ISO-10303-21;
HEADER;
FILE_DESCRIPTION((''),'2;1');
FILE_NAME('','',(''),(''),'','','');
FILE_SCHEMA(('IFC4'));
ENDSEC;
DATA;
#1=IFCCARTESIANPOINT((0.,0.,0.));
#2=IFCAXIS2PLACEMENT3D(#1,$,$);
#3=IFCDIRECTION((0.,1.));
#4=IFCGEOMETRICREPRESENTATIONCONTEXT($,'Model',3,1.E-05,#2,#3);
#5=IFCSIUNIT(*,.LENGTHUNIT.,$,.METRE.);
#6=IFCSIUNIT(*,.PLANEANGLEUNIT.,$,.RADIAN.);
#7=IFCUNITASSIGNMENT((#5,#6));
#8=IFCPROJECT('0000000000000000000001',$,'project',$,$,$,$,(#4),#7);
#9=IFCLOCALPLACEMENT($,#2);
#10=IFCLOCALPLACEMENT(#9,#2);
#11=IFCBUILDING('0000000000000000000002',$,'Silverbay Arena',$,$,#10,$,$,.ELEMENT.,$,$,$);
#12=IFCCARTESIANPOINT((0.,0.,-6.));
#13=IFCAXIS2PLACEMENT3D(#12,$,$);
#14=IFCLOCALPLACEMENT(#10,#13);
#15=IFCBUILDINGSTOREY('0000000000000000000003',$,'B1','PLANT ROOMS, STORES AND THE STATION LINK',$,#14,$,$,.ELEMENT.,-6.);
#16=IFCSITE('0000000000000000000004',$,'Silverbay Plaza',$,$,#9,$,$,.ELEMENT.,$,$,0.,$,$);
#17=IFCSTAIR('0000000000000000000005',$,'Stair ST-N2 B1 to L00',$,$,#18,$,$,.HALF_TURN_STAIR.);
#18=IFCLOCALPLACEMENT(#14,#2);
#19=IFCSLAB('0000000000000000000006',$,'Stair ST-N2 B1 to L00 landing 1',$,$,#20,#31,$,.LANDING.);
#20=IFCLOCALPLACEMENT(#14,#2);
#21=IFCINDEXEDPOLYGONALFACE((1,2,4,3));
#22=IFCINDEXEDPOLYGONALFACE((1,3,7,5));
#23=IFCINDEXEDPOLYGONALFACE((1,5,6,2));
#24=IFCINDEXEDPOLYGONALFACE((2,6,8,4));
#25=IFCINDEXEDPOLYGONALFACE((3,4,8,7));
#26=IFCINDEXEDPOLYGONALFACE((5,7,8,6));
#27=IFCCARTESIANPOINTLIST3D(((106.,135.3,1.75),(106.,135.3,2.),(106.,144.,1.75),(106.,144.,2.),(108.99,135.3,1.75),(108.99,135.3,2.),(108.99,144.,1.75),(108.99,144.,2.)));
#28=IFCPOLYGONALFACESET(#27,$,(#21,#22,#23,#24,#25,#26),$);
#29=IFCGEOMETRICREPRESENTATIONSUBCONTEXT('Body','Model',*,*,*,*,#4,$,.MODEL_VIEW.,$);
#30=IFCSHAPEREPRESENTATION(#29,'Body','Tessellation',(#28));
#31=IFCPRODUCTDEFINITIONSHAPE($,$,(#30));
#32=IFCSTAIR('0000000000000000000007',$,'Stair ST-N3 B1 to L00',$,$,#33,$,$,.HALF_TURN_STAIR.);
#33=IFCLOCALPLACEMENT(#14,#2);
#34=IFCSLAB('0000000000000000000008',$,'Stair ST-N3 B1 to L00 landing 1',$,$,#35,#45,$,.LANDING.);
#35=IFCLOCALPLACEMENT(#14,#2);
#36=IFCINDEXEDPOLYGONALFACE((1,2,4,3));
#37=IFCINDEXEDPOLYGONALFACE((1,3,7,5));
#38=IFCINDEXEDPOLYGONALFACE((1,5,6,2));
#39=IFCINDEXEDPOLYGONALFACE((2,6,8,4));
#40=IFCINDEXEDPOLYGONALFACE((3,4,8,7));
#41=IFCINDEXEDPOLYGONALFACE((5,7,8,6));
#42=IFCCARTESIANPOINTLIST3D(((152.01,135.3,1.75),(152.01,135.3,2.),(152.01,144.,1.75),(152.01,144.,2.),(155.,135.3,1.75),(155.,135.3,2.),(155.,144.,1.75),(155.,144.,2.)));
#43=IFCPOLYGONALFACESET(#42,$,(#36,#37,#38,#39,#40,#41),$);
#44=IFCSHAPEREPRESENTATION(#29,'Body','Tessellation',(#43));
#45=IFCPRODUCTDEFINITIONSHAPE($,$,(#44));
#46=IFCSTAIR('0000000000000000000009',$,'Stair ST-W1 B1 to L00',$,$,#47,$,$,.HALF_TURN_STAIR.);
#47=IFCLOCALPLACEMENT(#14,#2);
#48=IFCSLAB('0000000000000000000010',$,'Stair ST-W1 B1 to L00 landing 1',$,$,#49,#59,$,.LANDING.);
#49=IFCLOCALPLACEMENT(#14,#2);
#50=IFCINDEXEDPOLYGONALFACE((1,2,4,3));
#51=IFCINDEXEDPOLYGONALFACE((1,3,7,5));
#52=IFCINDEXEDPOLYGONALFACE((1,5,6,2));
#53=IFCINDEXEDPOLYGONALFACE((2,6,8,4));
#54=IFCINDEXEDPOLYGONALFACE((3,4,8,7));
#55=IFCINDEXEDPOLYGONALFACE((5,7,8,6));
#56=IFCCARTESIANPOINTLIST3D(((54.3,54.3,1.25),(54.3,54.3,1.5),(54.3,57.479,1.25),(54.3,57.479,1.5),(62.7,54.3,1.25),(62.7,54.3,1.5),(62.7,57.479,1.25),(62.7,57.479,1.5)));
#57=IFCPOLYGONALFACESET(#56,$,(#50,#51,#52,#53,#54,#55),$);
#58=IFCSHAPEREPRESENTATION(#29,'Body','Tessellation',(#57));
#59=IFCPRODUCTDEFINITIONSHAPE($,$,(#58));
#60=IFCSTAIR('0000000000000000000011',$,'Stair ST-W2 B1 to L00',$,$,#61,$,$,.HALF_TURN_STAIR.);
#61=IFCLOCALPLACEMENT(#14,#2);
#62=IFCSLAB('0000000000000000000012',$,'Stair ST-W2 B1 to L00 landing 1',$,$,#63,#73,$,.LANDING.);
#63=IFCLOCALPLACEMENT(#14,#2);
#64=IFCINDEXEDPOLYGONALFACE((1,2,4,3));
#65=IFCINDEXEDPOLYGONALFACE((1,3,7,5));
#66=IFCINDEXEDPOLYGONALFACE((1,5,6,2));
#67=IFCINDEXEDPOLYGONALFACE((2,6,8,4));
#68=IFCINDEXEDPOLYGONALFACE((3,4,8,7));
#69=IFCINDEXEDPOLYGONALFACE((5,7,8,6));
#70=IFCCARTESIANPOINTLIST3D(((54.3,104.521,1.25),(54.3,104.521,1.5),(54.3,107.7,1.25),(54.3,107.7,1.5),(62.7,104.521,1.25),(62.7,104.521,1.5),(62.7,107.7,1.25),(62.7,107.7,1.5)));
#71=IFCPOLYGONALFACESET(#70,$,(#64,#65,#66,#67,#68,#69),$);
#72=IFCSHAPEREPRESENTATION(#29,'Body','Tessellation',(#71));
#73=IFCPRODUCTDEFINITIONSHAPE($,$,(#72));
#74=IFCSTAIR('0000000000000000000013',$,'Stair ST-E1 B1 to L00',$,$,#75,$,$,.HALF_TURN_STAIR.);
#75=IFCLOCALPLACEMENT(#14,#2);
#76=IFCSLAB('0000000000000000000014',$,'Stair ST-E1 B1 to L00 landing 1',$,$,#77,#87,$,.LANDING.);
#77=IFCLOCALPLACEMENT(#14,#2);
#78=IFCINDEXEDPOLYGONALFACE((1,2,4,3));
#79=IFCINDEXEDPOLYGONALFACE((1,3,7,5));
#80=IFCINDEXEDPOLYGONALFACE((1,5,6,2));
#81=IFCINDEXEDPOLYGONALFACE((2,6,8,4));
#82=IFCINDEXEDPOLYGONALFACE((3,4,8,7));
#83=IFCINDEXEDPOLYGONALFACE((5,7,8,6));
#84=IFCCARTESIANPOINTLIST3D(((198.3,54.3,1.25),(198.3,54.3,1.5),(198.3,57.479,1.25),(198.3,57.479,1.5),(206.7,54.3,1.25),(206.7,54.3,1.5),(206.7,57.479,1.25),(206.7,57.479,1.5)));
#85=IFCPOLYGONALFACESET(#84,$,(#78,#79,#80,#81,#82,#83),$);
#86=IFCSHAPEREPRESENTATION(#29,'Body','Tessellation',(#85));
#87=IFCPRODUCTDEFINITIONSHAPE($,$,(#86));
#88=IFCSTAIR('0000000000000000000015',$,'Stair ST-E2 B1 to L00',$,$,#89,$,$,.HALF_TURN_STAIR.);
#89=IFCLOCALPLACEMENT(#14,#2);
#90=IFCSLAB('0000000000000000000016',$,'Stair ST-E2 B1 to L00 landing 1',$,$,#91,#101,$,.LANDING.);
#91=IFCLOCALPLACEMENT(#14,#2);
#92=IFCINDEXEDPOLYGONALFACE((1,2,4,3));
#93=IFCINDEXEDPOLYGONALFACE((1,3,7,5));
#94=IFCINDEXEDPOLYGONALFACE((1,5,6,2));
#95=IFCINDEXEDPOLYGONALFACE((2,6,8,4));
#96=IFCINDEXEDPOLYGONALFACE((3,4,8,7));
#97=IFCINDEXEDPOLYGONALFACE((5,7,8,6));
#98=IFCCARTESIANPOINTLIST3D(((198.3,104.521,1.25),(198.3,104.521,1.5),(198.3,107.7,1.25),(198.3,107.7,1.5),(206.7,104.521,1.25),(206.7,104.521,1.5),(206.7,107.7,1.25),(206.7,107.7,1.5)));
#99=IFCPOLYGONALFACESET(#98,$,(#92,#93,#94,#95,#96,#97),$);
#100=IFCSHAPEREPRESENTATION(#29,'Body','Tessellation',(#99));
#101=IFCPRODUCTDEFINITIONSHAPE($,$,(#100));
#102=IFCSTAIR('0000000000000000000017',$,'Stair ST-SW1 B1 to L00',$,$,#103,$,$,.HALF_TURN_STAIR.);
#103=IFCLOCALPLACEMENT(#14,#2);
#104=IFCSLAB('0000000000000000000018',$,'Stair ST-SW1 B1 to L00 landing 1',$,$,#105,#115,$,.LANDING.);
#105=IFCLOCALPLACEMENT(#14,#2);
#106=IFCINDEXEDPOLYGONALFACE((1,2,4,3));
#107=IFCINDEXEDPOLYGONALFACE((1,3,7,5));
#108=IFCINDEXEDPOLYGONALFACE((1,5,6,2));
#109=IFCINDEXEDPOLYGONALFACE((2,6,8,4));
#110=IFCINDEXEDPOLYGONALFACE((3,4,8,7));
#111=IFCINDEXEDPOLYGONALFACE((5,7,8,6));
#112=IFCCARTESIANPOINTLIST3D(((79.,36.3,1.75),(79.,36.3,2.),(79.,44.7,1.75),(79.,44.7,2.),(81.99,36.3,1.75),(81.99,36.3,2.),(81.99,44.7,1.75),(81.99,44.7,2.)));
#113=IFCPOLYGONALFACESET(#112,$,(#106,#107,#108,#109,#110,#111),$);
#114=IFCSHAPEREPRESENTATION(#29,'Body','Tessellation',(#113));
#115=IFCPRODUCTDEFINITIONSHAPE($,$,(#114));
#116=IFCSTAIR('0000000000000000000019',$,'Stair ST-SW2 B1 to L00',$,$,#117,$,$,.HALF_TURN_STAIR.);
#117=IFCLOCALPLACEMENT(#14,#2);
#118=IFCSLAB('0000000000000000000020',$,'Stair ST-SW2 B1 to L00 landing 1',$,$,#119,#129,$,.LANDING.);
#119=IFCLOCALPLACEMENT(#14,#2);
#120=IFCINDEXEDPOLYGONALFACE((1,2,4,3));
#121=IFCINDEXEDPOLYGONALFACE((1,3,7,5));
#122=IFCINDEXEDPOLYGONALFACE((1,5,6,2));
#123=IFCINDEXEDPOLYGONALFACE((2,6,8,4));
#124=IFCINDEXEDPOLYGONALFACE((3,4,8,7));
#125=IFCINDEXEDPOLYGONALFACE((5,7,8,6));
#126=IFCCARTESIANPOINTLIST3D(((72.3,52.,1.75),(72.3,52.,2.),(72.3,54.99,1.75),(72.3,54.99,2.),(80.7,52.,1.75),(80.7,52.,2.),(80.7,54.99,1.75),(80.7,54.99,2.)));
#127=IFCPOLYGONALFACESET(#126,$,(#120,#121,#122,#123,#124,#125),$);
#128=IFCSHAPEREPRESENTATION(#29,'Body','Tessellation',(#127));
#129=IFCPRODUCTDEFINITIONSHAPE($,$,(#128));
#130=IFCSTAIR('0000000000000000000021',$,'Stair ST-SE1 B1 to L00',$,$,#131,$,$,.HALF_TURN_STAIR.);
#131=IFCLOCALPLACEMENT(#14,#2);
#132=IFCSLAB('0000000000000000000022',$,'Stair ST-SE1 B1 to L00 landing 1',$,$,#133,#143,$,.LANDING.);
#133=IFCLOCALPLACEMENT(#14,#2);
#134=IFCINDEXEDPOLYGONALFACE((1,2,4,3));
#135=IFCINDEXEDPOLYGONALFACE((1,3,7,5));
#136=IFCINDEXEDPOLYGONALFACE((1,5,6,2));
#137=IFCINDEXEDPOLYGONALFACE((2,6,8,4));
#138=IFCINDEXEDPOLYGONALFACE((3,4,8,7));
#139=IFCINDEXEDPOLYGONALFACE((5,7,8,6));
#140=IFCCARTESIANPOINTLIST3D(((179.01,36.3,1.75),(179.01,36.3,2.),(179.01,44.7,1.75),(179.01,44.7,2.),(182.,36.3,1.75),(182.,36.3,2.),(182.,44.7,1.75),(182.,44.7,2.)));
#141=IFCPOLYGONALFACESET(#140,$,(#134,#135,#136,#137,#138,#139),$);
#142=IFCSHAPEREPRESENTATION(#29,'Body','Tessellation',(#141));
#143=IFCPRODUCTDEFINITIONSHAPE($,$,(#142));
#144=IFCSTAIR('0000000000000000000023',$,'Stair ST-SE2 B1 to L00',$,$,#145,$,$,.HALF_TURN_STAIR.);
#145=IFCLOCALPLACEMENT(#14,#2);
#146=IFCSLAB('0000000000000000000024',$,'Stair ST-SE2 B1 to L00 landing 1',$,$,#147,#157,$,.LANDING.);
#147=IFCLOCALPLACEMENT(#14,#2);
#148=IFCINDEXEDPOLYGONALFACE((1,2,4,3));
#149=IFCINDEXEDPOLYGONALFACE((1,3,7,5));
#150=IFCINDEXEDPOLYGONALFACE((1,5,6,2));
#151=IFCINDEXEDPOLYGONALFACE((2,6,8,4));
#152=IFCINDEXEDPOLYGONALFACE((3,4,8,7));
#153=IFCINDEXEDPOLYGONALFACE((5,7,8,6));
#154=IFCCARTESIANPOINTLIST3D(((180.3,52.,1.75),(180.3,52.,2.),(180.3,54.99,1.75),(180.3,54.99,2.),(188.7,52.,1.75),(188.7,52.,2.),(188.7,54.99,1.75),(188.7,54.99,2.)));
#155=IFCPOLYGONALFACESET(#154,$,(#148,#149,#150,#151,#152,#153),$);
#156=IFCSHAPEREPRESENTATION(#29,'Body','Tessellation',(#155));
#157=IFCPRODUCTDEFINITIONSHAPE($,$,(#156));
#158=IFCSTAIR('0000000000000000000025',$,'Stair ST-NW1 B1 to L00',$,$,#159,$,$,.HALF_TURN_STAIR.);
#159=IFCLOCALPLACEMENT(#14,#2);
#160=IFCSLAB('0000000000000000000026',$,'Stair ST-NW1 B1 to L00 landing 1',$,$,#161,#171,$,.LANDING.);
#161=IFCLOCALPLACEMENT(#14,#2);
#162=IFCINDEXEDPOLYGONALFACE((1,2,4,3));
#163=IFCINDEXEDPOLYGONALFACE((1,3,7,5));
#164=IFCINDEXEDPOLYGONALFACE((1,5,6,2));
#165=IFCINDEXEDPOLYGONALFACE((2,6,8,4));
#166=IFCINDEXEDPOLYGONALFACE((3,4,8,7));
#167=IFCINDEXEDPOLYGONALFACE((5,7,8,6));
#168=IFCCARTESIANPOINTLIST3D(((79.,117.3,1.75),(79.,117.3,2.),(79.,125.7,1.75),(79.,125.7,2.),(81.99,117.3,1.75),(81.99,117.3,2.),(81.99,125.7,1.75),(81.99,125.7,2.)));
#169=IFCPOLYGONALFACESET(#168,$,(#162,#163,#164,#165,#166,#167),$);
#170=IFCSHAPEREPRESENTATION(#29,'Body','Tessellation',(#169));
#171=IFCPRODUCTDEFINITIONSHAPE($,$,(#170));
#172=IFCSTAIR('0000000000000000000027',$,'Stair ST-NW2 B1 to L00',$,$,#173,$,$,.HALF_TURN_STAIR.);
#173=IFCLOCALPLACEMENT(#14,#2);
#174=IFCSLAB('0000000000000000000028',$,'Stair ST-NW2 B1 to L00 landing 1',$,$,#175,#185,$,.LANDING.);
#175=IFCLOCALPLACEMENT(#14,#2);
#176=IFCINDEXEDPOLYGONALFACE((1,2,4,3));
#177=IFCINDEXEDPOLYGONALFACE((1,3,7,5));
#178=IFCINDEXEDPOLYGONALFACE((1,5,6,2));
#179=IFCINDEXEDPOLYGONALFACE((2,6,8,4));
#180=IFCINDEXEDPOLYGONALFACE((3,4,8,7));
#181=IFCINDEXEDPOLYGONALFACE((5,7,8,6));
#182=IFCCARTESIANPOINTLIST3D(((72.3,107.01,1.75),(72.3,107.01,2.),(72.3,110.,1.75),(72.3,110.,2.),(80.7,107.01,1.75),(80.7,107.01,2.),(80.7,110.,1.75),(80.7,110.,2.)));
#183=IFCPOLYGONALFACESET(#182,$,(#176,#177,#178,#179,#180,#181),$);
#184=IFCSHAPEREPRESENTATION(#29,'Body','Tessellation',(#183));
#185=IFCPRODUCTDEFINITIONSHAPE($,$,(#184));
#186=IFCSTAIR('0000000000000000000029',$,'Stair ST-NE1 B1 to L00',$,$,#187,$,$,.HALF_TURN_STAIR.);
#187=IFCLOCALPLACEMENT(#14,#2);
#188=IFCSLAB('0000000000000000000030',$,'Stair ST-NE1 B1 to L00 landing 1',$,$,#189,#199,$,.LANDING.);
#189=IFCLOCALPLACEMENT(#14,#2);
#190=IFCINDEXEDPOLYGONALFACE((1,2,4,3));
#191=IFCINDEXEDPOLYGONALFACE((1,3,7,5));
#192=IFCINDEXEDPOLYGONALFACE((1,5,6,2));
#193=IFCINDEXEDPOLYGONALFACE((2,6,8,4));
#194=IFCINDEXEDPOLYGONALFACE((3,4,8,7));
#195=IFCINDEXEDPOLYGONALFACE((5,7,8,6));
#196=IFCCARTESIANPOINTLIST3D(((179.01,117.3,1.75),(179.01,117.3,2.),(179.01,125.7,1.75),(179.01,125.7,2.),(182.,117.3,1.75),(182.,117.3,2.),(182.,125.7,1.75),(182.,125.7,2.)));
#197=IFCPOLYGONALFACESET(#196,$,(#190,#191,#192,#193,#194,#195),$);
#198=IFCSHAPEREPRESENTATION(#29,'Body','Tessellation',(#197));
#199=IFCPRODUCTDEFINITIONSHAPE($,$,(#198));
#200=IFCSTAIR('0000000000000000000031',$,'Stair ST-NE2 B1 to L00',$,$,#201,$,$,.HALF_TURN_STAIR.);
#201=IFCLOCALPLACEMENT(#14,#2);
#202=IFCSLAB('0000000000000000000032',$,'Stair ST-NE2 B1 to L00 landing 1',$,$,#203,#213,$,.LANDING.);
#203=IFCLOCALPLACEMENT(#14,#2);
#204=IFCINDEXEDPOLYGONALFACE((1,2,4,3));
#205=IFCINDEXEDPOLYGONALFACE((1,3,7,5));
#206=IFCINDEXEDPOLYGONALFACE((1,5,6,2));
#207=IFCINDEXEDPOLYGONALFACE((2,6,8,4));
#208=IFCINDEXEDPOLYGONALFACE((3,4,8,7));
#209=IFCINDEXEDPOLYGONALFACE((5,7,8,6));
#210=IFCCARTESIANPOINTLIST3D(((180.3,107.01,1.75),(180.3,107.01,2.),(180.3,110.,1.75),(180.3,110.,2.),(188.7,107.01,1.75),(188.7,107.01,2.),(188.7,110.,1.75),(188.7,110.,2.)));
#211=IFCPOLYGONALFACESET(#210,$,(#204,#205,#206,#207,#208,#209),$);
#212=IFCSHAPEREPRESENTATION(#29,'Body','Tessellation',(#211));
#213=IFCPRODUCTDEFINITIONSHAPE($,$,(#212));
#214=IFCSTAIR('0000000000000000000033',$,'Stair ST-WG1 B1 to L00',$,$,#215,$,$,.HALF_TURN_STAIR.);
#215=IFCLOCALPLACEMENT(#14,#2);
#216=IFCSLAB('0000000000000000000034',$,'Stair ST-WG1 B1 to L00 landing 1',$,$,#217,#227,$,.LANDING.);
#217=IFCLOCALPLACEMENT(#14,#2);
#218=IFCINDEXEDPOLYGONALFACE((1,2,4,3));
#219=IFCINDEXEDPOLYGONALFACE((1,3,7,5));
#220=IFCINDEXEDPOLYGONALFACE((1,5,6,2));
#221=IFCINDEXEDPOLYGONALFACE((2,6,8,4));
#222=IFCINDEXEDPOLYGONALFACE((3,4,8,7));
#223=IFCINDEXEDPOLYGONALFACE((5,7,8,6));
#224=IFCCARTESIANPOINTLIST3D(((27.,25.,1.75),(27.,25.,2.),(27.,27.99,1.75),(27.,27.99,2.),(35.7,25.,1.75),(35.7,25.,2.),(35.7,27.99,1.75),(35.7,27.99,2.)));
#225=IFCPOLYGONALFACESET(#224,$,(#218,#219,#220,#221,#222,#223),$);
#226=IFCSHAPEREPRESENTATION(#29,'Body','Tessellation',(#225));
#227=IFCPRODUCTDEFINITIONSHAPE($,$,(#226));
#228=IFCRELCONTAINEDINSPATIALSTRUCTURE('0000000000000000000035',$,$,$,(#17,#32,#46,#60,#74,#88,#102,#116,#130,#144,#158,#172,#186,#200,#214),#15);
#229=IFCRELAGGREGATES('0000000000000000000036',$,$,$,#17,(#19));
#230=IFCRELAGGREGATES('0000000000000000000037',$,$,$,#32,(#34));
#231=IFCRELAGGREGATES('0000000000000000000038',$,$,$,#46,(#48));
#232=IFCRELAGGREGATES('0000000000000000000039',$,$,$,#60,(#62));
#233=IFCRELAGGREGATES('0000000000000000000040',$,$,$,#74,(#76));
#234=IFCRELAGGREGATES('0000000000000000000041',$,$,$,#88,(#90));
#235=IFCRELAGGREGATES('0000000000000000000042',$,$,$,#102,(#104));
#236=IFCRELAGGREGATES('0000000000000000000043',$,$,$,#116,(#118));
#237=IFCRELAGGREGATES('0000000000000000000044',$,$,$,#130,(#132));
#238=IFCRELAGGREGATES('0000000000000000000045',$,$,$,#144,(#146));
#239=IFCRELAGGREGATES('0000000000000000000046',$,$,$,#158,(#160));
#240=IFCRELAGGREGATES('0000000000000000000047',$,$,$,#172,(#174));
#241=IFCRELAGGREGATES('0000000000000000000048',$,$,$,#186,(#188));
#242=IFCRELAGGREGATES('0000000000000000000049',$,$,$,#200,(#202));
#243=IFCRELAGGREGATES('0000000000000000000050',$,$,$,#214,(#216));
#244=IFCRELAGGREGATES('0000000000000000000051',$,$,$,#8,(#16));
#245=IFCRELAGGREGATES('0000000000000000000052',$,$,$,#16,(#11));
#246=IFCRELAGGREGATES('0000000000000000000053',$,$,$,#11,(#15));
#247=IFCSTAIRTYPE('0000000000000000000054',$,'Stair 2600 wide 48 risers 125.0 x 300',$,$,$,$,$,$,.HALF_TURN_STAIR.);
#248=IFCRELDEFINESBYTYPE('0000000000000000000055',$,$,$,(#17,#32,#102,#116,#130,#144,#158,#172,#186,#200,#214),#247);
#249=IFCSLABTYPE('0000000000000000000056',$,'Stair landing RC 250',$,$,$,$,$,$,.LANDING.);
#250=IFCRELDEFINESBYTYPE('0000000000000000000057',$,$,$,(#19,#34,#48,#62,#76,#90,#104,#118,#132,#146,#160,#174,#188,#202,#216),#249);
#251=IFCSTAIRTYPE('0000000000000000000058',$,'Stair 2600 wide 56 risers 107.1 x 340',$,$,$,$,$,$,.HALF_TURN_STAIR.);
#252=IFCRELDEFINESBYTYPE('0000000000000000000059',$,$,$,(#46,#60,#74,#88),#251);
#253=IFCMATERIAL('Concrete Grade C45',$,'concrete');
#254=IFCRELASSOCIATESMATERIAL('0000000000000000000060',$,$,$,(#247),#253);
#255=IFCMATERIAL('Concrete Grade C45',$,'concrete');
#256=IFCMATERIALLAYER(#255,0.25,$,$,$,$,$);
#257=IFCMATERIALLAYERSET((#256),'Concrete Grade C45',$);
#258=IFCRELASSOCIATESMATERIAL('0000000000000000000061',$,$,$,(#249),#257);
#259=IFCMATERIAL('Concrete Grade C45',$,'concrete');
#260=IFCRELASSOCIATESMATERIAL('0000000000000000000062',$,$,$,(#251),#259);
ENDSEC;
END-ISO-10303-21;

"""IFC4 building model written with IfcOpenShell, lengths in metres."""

from ifc_helpers import new_model, si_unit, direction, frame, origin, place, context, subcontext, project, spatial, polyline, outline, extrude, material, layer, layer_set, type_object, element, aggregate, save


model = new_model("IFC4")

# Units and contexts
model_context = context("Model", 3, precision=1e-05, world=origin(), true_north=direction((0.0, 1.0)))
body_context = subcontext(model_context, "Body", "Model", "MODEL_VIEW")
ifc_project = project(units=[si_unit("LENGTHUNIT", "METRE"), si_unit("PLANEANGLEUNIT", "RADIAN")], contexts=[model_context])

# Site, building, storey
site_placement = place(None, origin())
site = spatial("IfcSite", under=ifc_project, at=site_placement, Name="Silverbay Plaza", CompositionType="ELEMENT", RefElevation=0.0)
building_placement = place(site_placement, origin())
building = spatial("IfcBuilding", under=site, at=building_placement, Name="Silverbay Arena", CompositionType="ELEMENT")
storey_placement = place(building_placement, frame((0.0, 0.0, -6.0)))
storey = spatial("IfcBuildingStorey", under=building, at=storey_placement, Name="B1", Description="PLANT ROOMS, STORES AND THE STATION LINK", CompositionType="ELEMENT", Elevation=-6.0)

# Stairs, slabs
ifc_material_1 = material(Name="Concrete Grade C45", Category="concrete")
stair_type_1 = type_object("IfcStairType", Name="Stair 2600 wide 48 risers 125.0 x 300", PredefinedType="HALF_TURN_STAIR", material=ifc_material_1)
ifc_material_2 = material(Name="Concrete Grade C45", Category="concrete")
ifc_layer_1 = layer(ifc_material_2, 0.25)
ifc_layer_set_1 = layer_set([ifc_layer_1], Name="Concrete Grade C45")
slab_type_1 = type_object("IfcSlabType", Name="Stair landing RC 250", PredefinedType="LANDING", material=ifc_layer_set_1)
stair_1_placement = place(storey_placement, origin())
stair_1 = element("IfcStair", 1, at=stair_1_placement, inside=storey, type_object=stair_type_1, Name="Stair ST-N2 B1 to L00", PredefinedType="HALF_TURN_STAIR")
slab_1_placement = place(storey_placement, frame((0.0, 0.0, 1.75)))
slab_1 = element("IfcSlab", 2, at=slab_1_placement, type_object=slab_type_1, Name="Stair ST-N2 B1 to L00 landing 1", PredefinedType="LANDING", context=body_context, shape_type="SweptSolid", body=[
    extrude(outline(polyline([(108.99, 135.3), (106.0, 135.3), (106.0, 144.0), (108.99, 144.0), (108.99, 135.3)])), origin(), (0.0, 0.0, 1.0), 0.25),
])
aggregate(stair_1, [slab_1])
stair_2_placement = place(storey_placement, origin())
stair_2 = element("IfcStair", 3, at=stair_2_placement, inside=storey, type_object=stair_type_1, Name="Stair ST-N3 B1 to L00", PredefinedType="HALF_TURN_STAIR")
slab_2_placement = place(storey_placement, frame((0.0, 0.0, 1.75)))
slab_2 = element("IfcSlab", 4, at=slab_2_placement, type_object=slab_type_1, Name="Stair ST-N3 B1 to L00 landing 1", PredefinedType="LANDING", context=body_context, shape_type="SweptSolid", body=[
    extrude(outline(polyline([(152.01, 135.3), (155.0, 135.3), (155.0, 144.0), (152.01, 144.0), (152.01, 135.3)])), origin(), (0.0, 0.0, 1.0), 0.25),
])
aggregate(stair_2, [slab_2])
ifc_material_3 = material(Name="Concrete Grade C45", Category="concrete")
stair_type_2 = type_object("IfcStairType", Name="Stair 2600 wide 56 risers 107.1 x 340", PredefinedType="HALF_TURN_STAIR", material=ifc_material_3)
stair_3_placement = place(storey_placement, origin())
stair_3 = element("IfcStair", 5, at=stair_3_placement, inside=storey, type_object=stair_type_2, Name="Stair ST-W1 B1 to L00", PredefinedType="HALF_TURN_STAIR")
slab_3_placement = place(storey_placement, frame((0.0, 0.0, 1.25)))
slab_3 = element("IfcSlab", 6, at=slab_3_placement, type_object=slab_type_1, Name="Stair ST-W1 B1 to L00 landing 1", PredefinedType="LANDING", context=body_context, shape_type="SweptSolid", body=[
    extrude(outline(polyline([(62.7, 57.479), (62.7, 54.3), (54.3, 54.3), (54.3, 57.479), (62.7, 57.479)])), origin(), (0.0, 0.0, 1.0), 0.25),
])
aggregate(stair_3, [slab_3])
stair_4_placement = place(storey_placement, origin())
stair_4 = element("IfcStair", 7, at=stair_4_placement, inside=storey, type_object=stair_type_2, Name="Stair ST-W2 B1 to L00", PredefinedType="HALF_TURN_STAIR")
slab_4_placement = place(storey_placement, frame((0.0, 0.0, 1.25)))
slab_4 = element("IfcSlab", 8, at=slab_4_placement, type_object=slab_type_1, Name="Stair ST-W2 B1 to L00 landing 1", PredefinedType="LANDING", context=body_context, shape_type="SweptSolid", body=[
    extrude(outline(polyline([(62.7, 104.521), (62.7, 107.7), (54.3, 107.7), (54.3, 104.521), (62.7, 104.521)])), origin(), (0.0, 0.0, 1.0), 0.25),
])
aggregate(stair_4, [slab_4])
stair_5_placement = place(storey_placement, origin())
stair_5 = element("IfcStair", 9, at=stair_5_placement, inside=storey, type_object=stair_type_2, Name="Stair ST-E1 B1 to L00", PredefinedType="HALF_TURN_STAIR")
slab_5_placement = place(storey_placement, frame((0.0, 0.0, 1.25)))
slab_5 = element("IfcSlab", 10, at=slab_5_placement, type_object=slab_type_1, Name="Stair ST-E1 B1 to L00 landing 1", PredefinedType="LANDING", context=body_context, shape_type="SweptSolid", body=[
    extrude(outline(polyline([(198.3, 57.479), (198.3, 54.3), (206.7, 54.3), (206.7, 57.479), (198.3, 57.479)])), origin(), (0.0, 0.0, 1.0), 0.25),
])
aggregate(stair_5, [slab_5])
stair_6_placement = place(storey_placement, origin())
stair_6 = element("IfcStair", 11, at=stair_6_placement, inside=storey, type_object=stair_type_2, Name="Stair ST-E2 B1 to L00", PredefinedType="HALF_TURN_STAIR")
slab_6_placement = place(storey_placement, frame((0.0, 0.0, 1.25)))
slab_6 = element("IfcSlab", 12, at=slab_6_placement, type_object=slab_type_1, Name="Stair ST-E2 B1 to L00 landing 1", PredefinedType="LANDING", context=body_context, shape_type="SweptSolid", body=[
    extrude(outline(polyline([(198.3, 104.521), (198.3, 107.7), (206.7, 107.7), (206.7, 104.521), (198.3, 104.521)])), origin(), (0.0, 0.0, 1.0), 0.25),
])
aggregate(stair_6, [slab_6])
stair_7_placement = place(storey_placement, origin())
stair_7 = element("IfcStair", 13, at=stair_7_placement, inside=storey, type_object=stair_type_1, Name="Stair ST-SW1 B1 to L00", PredefinedType="HALF_TURN_STAIR")
slab_7_placement = place(storey_placement, frame((0.0, 0.0, 1.75)))
slab_7 = element("IfcSlab", 14, at=slab_7_placement, type_object=slab_type_1, Name="Stair ST-SW1 B1 to L00 landing 1", PredefinedType="LANDING", context=body_context, shape_type="SweptSolid", body=[
    extrude(outline(polyline([(81.99, 44.7), (79.0, 44.7), (79.0, 36.3), (81.99, 36.3), (81.99, 44.7)])), origin(), (0.0, 0.0, 1.0), 0.25),
])
aggregate(stair_7, [slab_7])
stair_8_placement = place(storey_placement, origin())
stair_8 = element("IfcStair", 15, at=stair_8_placement, inside=storey, type_object=stair_type_1, Name="Stair ST-SW2 B1 to L00", PredefinedType="HALF_TURN_STAIR")
slab_8_placement = place(storey_placement, frame((0.0, 0.0, 1.75)))
slab_8 = element("IfcSlab", 16, at=slab_8_placement, type_object=slab_type_1, Name="Stair ST-SW2 B1 to L00 landing 1", PredefinedType="LANDING", context=body_context, shape_type="SweptSolid", body=[
    extrude(outline(polyline([(80.7, 54.99), (80.7, 52.0), (72.3, 52.0), (72.3, 54.99), (80.7, 54.99)])), origin(), (0.0, 0.0, 1.0), 0.25),
])
aggregate(stair_8, [slab_8])
stair_9_placement = place(storey_placement, origin())
stair_9 = element("IfcStair", 17, at=stair_9_placement, inside=storey, type_object=stair_type_1, Name="Stair ST-SE1 B1 to L00", PredefinedType="HALF_TURN_STAIR")
slab_9_placement = place(storey_placement, frame((0.0, 0.0, 1.75)))
slab_9 = element("IfcSlab", 18, at=slab_9_placement, type_object=slab_type_1, Name="Stair ST-SE1 B1 to L00 landing 1", PredefinedType="LANDING", context=body_context, shape_type="SweptSolid", body=[
    extrude(outline(polyline([(179.01, 44.7), (182.0, 44.7), (182.0, 36.3), (179.01, 36.3), (179.01, 44.7)])), origin(), (0.0, 0.0, 1.0), 0.25),
])
aggregate(stair_9, [slab_9])
stair_10_placement = place(storey_placement, origin())
stair_10 = element("IfcStair", 19, at=stair_10_placement, inside=storey, type_object=stair_type_1, Name="Stair ST-SE2 B1 to L00", PredefinedType="HALF_TURN_STAIR")
slab_10_placement = place(storey_placement, frame((0.0, 0.0, 1.75)))
slab_10 = element("IfcSlab", 20, at=slab_10_placement, type_object=slab_type_1, Name="Stair ST-SE2 B1 to L00 landing 1", PredefinedType="LANDING", context=body_context, shape_type="SweptSolid", body=[
    extrude(outline(polyline([(180.3, 54.99), (180.3, 52.0), (188.7, 52.0), (188.7, 54.99), (180.3, 54.99)])), origin(), (0.0, 0.0, 1.0), 0.25),
])
aggregate(stair_10, [slab_10])
stair_11_placement = place(storey_placement, origin())
stair_11 = element("IfcStair", 21, at=stair_11_placement, inside=storey, type_object=stair_type_1, Name="Stair ST-NW1 B1 to L00", PredefinedType="HALF_TURN_STAIR")
slab_11_placement = place(storey_placement, frame((0.0, 0.0, 1.75)))
slab_11 = element("IfcSlab", 22, at=slab_11_placement, type_object=slab_type_1, Name="Stair ST-NW1 B1 to L00 landing 1", PredefinedType="LANDING", context=body_context, shape_type="SweptSolid", body=[
    extrude(outline(polyline([(81.99, 117.3), (79.0, 117.3), (79.0, 125.7), (81.99, 125.7), (81.99, 117.3)])), origin(), (0.0, 0.0, 1.0), 0.25),
])
aggregate(stair_11, [slab_11])
stair_12_placement = place(storey_placement, origin())
stair_12 = element("IfcStair", 23, at=stair_12_placement, inside=storey, type_object=stair_type_1, Name="Stair ST-NW2 B1 to L00", PredefinedType="HALF_TURN_STAIR")
slab_12_placement = place(storey_placement, frame((0.0, 0.0, 1.75)))
slab_12 = element("IfcSlab", 24, at=slab_12_placement, type_object=slab_type_1, Name="Stair ST-NW2 B1 to L00 landing 1", PredefinedType="LANDING", context=body_context, shape_type="SweptSolid", body=[
    extrude(outline(polyline([(80.7, 107.01), (80.7, 110.0), (72.3, 110.0), (72.3, 107.01), (80.7, 107.01)])), origin(), (0.0, 0.0, 1.0), 0.25),
])
aggregate(stair_12, [slab_12])
stair_13_placement = place(storey_placement, origin())
stair_13 = element("IfcStair", 25, at=stair_13_placement, inside=storey, type_object=stair_type_1, Name="Stair ST-NE1 B1 to L00", PredefinedType="HALF_TURN_STAIR")
slab_13_placement = place(storey_placement, frame((0.0, 0.0, 1.75)))
slab_13 = element("IfcSlab", 26, at=slab_13_placement, type_object=slab_type_1, Name="Stair ST-NE1 B1 to L00 landing 1", PredefinedType="LANDING", context=body_context, shape_type="SweptSolid", body=[
    extrude(outline(polyline([(179.01, 117.3), (182.0, 117.3), (182.0, 125.7), (179.01, 125.7), (179.01, 117.3)])), origin(), (0.0, 0.0, 1.0), 0.25),
])
aggregate(stair_13, [slab_13])
stair_14_placement = place(storey_placement, origin())
stair_14 = element("IfcStair", 27, at=stair_14_placement, inside=storey, type_object=stair_type_1, Name="Stair ST-NE2 B1 to L00", PredefinedType="HALF_TURN_STAIR")
slab_14_placement = place(storey_placement, frame((0.0, 0.0, 1.75)))
slab_14 = element("IfcSlab", 28, at=slab_14_placement, type_object=slab_type_1, Name="Stair ST-NE2 B1 to L00 landing 1", PredefinedType="LANDING", context=body_context, shape_type="SweptSolid", body=[
    extrude(outline(polyline([(180.3, 107.01), (180.3, 110.0), (188.7, 110.0), (188.7, 107.01), (180.3, 107.01)])), origin(), (0.0, 0.0, 1.0), 0.25),
])
aggregate(stair_14, [slab_14])
stair_15_placement = place(storey_placement, origin())
stair_15 = element("IfcStair", 29, at=stair_15_placement, inside=storey, type_object=stair_type_1, Name="Stair ST-WG1 B1 to L00", PredefinedType="HALF_TURN_STAIR")
slab_15_placement = place(storey_placement, frame((0.0, 0.0, 1.75)))
slab_15 = element("IfcSlab", 30, at=slab_15_placement, type_object=slab_type_1, Name="Stair ST-WG1 B1 to L00 landing 1", PredefinedType="LANDING", context=body_context, shape_type="SweptSolid", body=[
    extrude(outline(polyline([(35.7, 27.99), (35.7, 25.0), (27.0, 25.0), (27.0, 27.99), (35.7, 27.99)])), origin(), (0.0, 0.0, 1.0), 0.25),
])
aggregate(stair_15, [slab_15])

save(model, "model.ifc")
